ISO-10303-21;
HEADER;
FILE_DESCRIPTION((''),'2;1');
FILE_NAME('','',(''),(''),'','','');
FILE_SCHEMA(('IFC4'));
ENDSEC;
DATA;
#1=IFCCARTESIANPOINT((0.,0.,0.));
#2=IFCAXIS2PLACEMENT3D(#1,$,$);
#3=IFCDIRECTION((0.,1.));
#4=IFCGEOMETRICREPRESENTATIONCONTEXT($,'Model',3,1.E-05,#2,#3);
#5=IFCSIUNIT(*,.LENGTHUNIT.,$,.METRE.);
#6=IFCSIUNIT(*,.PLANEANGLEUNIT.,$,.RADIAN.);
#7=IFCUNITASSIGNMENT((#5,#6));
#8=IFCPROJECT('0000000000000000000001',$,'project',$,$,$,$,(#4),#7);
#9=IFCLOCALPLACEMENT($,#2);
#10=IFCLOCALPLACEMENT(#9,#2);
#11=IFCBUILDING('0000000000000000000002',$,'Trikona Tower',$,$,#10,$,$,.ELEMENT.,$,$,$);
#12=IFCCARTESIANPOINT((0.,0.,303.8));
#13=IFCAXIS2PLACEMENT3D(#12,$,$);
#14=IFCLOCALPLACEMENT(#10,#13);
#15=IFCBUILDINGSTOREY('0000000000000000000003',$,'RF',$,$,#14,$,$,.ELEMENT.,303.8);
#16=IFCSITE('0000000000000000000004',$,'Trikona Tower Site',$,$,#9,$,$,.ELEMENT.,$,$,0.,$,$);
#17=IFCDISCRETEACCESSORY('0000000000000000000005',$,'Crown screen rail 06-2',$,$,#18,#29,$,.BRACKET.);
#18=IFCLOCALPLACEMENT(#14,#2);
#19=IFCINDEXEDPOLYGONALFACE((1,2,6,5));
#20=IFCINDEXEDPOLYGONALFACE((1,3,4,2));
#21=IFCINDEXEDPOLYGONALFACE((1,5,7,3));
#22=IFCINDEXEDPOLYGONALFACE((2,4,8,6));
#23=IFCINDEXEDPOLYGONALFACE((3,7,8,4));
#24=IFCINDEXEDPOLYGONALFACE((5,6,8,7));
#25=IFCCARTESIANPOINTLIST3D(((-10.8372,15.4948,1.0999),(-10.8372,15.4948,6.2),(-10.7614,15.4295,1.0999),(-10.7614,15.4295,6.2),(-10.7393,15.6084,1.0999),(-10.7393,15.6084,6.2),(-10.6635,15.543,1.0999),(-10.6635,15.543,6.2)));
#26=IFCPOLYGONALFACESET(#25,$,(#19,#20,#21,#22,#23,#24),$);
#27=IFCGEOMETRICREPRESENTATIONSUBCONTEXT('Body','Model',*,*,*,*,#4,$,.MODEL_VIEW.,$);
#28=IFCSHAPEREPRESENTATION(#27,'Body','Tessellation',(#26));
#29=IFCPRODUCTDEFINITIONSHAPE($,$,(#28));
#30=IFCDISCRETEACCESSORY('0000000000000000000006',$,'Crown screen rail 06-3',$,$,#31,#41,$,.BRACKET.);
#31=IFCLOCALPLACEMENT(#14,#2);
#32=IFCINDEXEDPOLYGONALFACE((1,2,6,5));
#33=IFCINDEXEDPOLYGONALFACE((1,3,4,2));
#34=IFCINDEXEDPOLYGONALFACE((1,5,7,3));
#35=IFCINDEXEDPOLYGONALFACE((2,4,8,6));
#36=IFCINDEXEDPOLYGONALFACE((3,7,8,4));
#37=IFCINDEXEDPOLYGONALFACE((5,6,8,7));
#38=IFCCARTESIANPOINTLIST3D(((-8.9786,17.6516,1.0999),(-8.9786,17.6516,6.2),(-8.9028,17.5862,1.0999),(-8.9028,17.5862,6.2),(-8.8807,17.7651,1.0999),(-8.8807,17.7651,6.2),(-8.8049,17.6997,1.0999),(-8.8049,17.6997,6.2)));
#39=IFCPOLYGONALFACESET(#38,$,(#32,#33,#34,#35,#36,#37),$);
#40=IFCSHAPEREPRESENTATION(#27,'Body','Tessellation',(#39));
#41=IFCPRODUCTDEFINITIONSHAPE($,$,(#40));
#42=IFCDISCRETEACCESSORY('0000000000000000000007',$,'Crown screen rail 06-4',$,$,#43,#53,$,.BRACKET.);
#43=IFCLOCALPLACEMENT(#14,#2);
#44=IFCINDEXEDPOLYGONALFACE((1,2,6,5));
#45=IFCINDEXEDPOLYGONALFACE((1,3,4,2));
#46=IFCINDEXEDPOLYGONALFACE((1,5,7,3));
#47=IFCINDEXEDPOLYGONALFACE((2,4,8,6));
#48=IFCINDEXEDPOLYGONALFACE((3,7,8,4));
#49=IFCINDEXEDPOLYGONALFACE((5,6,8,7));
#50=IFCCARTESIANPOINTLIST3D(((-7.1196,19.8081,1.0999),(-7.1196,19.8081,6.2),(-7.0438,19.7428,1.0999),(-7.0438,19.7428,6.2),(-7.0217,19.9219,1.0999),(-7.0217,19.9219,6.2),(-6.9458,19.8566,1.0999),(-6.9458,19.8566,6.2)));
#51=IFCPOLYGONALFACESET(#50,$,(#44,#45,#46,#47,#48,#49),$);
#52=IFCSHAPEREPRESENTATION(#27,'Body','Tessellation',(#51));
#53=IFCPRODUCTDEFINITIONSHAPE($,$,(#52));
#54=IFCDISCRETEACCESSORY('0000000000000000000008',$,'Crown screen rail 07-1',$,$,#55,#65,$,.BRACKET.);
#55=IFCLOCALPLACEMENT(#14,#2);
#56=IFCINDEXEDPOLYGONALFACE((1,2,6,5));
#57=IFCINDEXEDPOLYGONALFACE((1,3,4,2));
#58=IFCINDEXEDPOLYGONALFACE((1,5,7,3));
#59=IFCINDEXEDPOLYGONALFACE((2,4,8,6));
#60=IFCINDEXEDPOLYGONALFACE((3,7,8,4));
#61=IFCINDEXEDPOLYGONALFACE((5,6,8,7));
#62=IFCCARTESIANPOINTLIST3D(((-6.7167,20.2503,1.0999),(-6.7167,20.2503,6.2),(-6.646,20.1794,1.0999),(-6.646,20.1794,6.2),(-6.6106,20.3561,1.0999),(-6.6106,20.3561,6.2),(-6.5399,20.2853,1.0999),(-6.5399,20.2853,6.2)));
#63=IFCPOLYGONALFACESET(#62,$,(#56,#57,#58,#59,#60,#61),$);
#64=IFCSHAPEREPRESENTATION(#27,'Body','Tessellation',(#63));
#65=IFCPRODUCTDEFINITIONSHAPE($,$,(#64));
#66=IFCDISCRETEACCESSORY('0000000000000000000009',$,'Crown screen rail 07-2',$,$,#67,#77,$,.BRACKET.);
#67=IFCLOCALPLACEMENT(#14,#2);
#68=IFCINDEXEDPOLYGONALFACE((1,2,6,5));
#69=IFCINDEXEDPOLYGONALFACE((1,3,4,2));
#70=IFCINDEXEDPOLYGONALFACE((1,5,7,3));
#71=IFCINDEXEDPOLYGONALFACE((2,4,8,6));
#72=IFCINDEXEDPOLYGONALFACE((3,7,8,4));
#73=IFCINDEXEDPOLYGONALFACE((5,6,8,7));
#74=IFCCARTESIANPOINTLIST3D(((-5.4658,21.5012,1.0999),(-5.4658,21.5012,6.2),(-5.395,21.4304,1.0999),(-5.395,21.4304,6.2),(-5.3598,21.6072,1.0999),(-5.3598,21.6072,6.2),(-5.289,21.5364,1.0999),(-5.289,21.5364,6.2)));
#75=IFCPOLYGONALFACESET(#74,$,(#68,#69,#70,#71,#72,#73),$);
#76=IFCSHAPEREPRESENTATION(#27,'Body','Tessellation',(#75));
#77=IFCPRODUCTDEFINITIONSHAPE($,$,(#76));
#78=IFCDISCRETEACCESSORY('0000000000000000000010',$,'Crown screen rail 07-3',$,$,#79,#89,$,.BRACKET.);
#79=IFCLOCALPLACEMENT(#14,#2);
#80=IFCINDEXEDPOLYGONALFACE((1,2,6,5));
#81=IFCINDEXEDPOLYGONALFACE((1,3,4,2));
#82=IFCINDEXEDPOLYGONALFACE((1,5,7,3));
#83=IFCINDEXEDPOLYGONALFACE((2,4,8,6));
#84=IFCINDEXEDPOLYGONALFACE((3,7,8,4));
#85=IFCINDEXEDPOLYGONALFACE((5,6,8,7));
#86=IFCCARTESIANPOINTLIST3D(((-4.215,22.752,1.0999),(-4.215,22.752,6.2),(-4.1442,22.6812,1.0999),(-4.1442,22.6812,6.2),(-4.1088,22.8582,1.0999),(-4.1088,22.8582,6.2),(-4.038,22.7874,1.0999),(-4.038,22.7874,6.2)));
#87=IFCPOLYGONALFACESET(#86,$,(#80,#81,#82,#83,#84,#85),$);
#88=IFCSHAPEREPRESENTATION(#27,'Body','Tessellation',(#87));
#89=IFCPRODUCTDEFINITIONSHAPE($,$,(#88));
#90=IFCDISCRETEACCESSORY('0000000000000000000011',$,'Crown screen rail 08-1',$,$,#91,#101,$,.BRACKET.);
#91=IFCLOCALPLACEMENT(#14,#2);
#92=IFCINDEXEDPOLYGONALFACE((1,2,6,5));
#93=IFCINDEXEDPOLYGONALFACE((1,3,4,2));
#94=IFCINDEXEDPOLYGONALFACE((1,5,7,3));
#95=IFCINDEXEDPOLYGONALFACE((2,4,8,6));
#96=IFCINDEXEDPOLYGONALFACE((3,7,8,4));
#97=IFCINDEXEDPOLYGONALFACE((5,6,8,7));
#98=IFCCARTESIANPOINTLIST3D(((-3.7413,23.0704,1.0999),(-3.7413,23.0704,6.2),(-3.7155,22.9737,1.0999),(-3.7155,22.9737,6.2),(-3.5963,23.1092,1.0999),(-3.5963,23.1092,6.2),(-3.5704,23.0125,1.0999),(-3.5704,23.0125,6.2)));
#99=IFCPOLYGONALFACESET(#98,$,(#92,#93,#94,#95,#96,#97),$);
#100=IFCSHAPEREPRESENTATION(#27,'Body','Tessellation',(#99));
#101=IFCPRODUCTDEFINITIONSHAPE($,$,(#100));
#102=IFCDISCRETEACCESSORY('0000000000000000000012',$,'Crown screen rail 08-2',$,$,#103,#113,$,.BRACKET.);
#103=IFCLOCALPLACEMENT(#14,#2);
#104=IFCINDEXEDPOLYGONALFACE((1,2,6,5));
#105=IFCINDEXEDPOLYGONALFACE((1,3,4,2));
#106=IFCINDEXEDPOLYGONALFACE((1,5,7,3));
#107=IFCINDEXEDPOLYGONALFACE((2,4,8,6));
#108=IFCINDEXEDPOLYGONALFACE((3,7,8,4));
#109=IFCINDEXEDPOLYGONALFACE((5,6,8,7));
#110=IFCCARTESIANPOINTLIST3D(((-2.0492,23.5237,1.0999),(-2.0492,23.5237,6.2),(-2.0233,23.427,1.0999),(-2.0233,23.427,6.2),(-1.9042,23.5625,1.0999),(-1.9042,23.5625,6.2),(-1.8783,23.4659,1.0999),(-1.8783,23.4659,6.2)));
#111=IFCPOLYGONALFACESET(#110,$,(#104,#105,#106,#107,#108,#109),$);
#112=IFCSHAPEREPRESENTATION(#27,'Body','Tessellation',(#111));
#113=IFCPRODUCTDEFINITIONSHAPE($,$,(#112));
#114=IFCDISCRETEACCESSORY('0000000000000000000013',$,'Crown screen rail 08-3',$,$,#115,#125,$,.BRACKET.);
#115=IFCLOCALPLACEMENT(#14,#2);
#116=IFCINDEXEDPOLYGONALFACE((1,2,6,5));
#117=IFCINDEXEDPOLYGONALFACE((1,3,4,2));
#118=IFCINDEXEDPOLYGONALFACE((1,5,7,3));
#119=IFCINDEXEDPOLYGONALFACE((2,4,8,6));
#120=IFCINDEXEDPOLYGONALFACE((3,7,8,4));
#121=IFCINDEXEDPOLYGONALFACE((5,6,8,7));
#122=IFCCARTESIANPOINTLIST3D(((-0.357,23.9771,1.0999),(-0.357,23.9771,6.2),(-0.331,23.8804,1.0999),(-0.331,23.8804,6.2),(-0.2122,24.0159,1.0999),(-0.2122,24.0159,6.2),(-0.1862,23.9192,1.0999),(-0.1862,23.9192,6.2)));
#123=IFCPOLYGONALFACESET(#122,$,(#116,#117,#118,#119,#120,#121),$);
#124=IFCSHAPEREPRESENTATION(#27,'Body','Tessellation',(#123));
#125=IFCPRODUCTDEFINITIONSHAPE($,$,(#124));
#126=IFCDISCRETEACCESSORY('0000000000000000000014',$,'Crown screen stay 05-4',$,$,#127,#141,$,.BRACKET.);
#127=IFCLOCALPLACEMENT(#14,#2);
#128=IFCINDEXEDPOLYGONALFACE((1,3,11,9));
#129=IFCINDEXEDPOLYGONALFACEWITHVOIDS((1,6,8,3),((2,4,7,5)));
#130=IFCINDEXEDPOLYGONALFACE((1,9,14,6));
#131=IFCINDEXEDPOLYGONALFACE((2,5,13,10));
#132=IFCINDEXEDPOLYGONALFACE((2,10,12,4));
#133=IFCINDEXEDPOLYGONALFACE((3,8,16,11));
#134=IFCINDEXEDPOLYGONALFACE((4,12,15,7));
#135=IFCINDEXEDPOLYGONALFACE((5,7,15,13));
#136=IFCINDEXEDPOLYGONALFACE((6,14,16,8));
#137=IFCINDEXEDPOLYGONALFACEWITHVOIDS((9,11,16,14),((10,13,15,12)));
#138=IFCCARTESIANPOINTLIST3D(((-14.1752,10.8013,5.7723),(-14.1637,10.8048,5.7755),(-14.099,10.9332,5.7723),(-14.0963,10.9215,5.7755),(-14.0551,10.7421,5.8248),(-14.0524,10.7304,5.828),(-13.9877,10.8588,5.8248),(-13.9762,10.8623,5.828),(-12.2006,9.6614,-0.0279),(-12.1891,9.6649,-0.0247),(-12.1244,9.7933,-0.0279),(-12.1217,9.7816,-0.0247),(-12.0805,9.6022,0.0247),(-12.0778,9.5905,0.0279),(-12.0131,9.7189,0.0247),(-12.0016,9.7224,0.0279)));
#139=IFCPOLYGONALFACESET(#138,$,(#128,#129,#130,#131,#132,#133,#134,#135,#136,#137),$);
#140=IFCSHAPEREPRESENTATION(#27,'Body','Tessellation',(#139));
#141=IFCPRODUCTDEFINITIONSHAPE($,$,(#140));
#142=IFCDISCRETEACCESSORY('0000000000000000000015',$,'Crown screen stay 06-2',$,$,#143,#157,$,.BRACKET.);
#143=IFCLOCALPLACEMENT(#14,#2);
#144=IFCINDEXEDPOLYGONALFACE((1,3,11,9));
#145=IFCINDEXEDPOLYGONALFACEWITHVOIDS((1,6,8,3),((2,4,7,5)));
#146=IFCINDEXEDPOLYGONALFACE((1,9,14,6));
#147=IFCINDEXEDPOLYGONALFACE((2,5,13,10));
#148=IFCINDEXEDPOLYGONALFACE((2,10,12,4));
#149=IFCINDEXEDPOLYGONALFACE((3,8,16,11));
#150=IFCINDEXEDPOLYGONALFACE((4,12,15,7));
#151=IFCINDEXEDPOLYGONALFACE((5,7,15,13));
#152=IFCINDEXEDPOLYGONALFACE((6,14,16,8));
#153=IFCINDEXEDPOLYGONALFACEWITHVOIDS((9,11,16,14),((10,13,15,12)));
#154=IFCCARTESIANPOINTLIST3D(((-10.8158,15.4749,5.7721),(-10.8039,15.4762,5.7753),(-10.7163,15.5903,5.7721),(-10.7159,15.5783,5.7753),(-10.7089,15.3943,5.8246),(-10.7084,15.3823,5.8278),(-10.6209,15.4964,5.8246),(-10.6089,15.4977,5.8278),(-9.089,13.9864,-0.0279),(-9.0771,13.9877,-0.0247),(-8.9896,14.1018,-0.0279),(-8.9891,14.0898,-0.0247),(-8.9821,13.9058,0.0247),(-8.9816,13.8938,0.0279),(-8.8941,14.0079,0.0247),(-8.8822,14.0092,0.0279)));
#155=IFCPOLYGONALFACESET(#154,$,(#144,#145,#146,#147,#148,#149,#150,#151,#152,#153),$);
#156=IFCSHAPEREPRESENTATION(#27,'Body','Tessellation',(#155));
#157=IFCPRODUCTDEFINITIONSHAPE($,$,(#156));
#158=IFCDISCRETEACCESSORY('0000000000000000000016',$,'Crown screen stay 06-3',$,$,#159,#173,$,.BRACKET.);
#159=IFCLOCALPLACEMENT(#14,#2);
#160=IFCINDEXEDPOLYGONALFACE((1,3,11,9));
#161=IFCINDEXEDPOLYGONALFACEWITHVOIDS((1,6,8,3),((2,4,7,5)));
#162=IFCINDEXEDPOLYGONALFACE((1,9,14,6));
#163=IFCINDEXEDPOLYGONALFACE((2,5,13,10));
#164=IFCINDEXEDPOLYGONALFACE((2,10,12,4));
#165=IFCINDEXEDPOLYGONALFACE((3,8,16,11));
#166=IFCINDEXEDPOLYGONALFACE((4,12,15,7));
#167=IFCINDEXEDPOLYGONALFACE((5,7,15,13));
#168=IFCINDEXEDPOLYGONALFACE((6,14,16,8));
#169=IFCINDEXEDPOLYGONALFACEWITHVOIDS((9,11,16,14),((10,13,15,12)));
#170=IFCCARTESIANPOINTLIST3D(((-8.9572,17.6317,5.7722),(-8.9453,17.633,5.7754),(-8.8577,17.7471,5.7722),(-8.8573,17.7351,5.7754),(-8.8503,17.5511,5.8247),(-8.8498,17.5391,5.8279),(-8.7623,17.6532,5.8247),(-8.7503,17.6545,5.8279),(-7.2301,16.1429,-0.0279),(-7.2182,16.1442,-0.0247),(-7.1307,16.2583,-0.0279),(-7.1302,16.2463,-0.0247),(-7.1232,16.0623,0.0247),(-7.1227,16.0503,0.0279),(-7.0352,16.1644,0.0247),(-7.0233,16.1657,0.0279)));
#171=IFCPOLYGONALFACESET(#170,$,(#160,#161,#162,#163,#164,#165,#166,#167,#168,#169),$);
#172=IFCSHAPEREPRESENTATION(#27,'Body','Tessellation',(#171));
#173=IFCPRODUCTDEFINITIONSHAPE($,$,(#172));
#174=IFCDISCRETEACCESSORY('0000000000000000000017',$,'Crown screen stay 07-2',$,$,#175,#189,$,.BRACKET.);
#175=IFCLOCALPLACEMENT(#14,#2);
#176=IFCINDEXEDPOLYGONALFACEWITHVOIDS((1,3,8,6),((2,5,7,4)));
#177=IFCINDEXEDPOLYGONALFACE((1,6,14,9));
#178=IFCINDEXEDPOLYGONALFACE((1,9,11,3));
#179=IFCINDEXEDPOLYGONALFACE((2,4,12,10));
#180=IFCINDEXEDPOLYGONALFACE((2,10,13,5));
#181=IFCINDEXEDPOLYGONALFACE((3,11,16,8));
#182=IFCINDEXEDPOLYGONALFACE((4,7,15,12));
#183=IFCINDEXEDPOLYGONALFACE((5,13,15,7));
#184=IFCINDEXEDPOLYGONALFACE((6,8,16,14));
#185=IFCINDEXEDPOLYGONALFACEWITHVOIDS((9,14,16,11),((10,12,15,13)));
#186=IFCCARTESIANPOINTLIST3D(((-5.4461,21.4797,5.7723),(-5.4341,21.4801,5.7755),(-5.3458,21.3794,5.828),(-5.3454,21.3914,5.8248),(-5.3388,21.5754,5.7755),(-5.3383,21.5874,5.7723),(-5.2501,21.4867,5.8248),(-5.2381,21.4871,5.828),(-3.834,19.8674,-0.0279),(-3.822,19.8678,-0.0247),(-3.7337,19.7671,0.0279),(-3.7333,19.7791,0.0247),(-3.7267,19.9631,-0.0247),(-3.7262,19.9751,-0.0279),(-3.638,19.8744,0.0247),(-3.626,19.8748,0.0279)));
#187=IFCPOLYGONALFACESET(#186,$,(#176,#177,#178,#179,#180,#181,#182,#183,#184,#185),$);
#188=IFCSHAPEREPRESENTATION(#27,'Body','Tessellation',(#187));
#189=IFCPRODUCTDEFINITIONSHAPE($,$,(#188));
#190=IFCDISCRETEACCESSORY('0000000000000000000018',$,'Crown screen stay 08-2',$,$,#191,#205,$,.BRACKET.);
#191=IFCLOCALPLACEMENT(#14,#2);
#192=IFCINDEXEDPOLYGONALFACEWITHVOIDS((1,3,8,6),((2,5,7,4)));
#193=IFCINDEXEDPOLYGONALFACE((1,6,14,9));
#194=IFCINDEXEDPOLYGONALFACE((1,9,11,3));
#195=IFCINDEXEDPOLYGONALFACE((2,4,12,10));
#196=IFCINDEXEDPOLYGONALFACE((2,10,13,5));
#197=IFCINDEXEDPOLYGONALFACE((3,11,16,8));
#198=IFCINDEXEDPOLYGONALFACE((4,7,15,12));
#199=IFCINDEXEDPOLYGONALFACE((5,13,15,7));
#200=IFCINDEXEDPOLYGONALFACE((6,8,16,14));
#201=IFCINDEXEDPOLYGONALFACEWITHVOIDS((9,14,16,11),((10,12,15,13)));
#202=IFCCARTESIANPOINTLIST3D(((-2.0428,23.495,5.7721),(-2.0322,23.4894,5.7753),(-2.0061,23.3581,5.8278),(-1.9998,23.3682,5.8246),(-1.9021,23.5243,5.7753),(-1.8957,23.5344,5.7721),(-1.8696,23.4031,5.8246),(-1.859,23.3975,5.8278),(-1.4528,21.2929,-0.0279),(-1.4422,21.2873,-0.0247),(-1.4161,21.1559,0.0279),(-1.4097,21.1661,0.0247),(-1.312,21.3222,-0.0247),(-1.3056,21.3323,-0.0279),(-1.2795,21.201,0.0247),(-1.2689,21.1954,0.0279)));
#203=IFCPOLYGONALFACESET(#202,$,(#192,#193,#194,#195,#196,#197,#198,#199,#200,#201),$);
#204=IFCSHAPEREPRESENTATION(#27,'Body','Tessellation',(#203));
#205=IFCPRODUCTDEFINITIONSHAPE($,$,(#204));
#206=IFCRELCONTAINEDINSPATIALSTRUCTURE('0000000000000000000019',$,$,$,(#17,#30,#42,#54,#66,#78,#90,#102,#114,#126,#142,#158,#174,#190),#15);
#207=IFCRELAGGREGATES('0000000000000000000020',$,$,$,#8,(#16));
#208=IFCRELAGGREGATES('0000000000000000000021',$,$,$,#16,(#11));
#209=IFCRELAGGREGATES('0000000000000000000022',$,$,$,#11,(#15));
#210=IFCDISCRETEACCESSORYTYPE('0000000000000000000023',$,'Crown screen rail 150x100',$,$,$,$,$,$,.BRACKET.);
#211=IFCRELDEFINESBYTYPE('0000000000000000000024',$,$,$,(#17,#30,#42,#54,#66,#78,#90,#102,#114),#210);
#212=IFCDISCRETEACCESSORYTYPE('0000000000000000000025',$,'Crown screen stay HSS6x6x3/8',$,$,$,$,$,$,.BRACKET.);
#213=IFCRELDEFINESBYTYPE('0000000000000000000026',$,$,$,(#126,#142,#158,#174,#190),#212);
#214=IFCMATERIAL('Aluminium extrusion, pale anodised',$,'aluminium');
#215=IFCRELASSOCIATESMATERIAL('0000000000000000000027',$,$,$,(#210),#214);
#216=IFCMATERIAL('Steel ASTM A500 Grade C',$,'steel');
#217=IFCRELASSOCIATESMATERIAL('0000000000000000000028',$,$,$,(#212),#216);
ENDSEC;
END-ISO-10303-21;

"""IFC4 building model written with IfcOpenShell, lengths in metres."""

from ifc_helpers import new_model, si_unit, direction, frame, frame_2d, origin, origin_2d, place, context, subcontext, project, spatial, rectangle, hollow_rectangle, extrude, material, material_profile, profile_set, type_object, element, save


model = new_model("IFC4")

# Units and contexts
model_context = context("Model", 3, precision=1e-05, world=origin(), true_north=direction((0.0, 1.0)))
body_context = subcontext(model_context, "Body", "Model", "MODEL_VIEW")
ifc_project = project(units=[si_unit("LENGTHUNIT", "METRE"), si_unit("PLANEANGLEUNIT", "RADIAN")], contexts=[model_context])

# Site, building, storey
site_placement = place(None, origin())
site = spatial("IfcSite", under=ifc_project, at=site_placement, Name="Trikona Tower Site", CompositionType="ELEMENT", RefElevation=0.0)
building_placement = place(site_placement, origin())
building = spatial("IfcBuilding", under=site, at=building_placement, Name="Trikona Tower", CompositionType="ELEMENT")
storey_placement = place(building_placement, frame((0.0, 0.0, 303.8)))
storey = spatial("IfcBuildingStorey", under=building, at=storey_placement, Name="RF", CompositionType="ELEMENT", Elevation=303.8)

# Discrete accessories
ifc_material_1 = material(Name="Aluminium extrusion, pale anodised", Category="aluminium")
discrete_accessory_type_1 = type_object("IfcDiscreteAccessoryType", Name="Crown screen rail 150x100", PredefinedType="BRACKET", material=ifc_material_1)
for number, where, z_axis, x_axis, name in (
    (1, (-10.7993, 15.4622, 1.0999), (0.0, 0.0, 1.0), (0.653068, 0.757299, 0.0), "Crown screen rail 06-2"),
    (2, (-8.9407, 17.6189, 1.0999), (0.0, 0.0, 1.0), (0.653068, 0.757299, 0.0), "Crown screen rail 06-3"),
):
    element("IfcDiscreteAccessory", number, at=place(storey_placement, frame(where, z_axis=z_axis, x_axis=x_axis)), inside=storey, type_object=discrete_accessory_type_1, Name=name, PredefinedType="BRACKET", context=body_context, shape_type="SweptSolid", body=[
        extrude(rectangle(XDim=0.1499, YDim=0.1001, at=frame_2d((0.075, 0.0))), origin(), (0.0, 0.0, 1.0), 5.1001),
    ])
discrete_accessory_1_placement = place(storey_placement, frame((-7.0818, 19.7754, 1.0999), z_axis=(0.0, 0.0, 1.0), x_axis=(0.652264, 0.757992, 0.0)))
element("IfcDiscreteAccessory", 3, at=discrete_accessory_1_placement, inside=storey, type_object=discrete_accessory_type_1, Name="Crown screen rail 06-4", PredefinedType="BRACKET", context=body_context, shape_type="SweptSolid", body=[
    extrude(rectangle(XDim=0.1501, YDim=0.1001, at=frame_2d((0.0752, 0.0))), origin(), (0.0, 0.0, 1.0), 5.1001),
])
for number, where, z_axis, x_axis, name in (
    (4, (-6.6814, 20.2148, 1.0999), (0.0, 0.0, 1.0), (0.70792, 0.706293, 0.0), "Crown screen rail 07-1"),
    (5, (-5.4304, 21.4658, 1.0999), (0.0, 0.0, 1.0), (0.707107, 0.707107, 0.0), "Crown screen rail 07-2"),
):
    element("IfcDiscreteAccessory", number, at=place(storey_placement, frame(where, z_axis=z_axis, x_axis=x_axis)), inside=storey, type_object=discrete_accessory_type_1, Name=name, PredefinedType="BRACKET", context=body_context, shape_type="SweptSolid", body=[
        extrude(rectangle(XDim=0.1499, YDim=0.1001, at=frame_2d((0.075, 0.0))), origin(), (0.0, 0.0, 1.0), 5.1001),
    ])
for number, where, z_axis, x_axis, name in (
    (6, (-4.1797, 22.7166, 1.0999), (0.0, 0.0, 1.0), (0.707107, 0.707107, 0.0), "Crown screen rail 07-3"),
    (7, (-3.7285, 23.022, 1.0999), (0.0, 0.0, 1.0), (0.965992, 0.258574, 0.0), "Crown screen rail 08-1"),
    (8, (-2.0364, 23.4753, 1.0999), (0.0, 0.0, 1.0), (0.965992, 0.258574, 0.0), "Crown screen rail 08-2"),
):
    element("IfcDiscreteAccessory", number, at=place(storey_placement, frame(where, z_axis=z_axis, x_axis=x_axis)), inside=storey, type_object=discrete_accessory_type_1, Name=name, PredefinedType="BRACKET", context=body_context, shape_type="SweptSolid", body=[
        extrude(rectangle(XDim=0.1501, YDim=0.1001, at=frame_2d((0.0752, 0.0))), origin(), (0.0, 0.0, 1.0), 5.1001),
    ])
discrete_accessory_2_placement = place(storey_placement, frame((-0.344, 23.9287, 1.0999), z_axis=(0.0, 0.0, 1.0), x_axis=(0.965883, 0.25898, 0.0)))
element("IfcDiscreteAccessory", 9, at=discrete_accessory_2_placement, inside=storey, type_object=discrete_accessory_type_1, Name="Crown screen rail 08-3", PredefinedType="BRACKET", context=body_context, shape_type="SweptSolid", body=[
    extrude(rectangle(XDim=0.1499, YDim=0.1001, at=frame_2d((0.075, 0.0))), origin(), (0.0, 0.0, 1.0), 5.1001),
])
ifc_material_2 = material(Name="Steel ASTM A500 Grade C", Category="steel")
ifc_material_profile_1 = material_profile(ifc_material_2, hollow_rectangle(XDim=0.1523, YDim=0.1523, WallThickness=0.0088, at=origin_2d()), Name="HSS6X6X3/8")
ifc_profile_set_1 = profile_set([ifc_material_profile_1], Name="Steel ASTM A500 Grade C")
discrete_accessory_type_2 = type_object("IfcDiscreteAccessoryType", Name="Crown screen stay HSS6x6x3/8", PredefinedType="BRACKET", material=ifc_profile_set_1)
discrete_accessory_3_placement = place(storey_placement, frame((-12.1011, 9.6919, 0.0), z_axis=(-0.316845, 0.182907, 0.930674), x_axis=(-0.499951, -0.866054, 0.0)))
element("IfcDiscreteAccessory", 10, at=discrete_accessory_3_placement, inside=storey, type_object=discrete_accessory_type_2, Name="Crown screen stay 05-4", PredefinedType="BRACKET", context=body_context, shape_type="SweptSolid", body=[
    extrude(hollow_rectangle(XDim=0.1523, YDim=0.1523, WallThickness=0.0088, at=origin_2d()), origin(), (0.0, 0.0, 1.0), 6.2322),
])
discrete_accessory_4_placement = place(storey_placement, frame((-8.9856, 13.9978, 0.0), z_axis=(-0.277086, 0.238851, 0.930684), x_axis=(-0.652914, -0.757432, 0.0)))
element("IfcDiscreteAccessory", 11, at=discrete_accessory_4_placement, inside=storey, type_object=discrete_accessory_type_2, Name="Crown screen stay 06-2", PredefinedType="BRACKET", context=body_context, shape_type="SweptSolid", body=[
    extrude(hollow_rectangle(XDim=0.1523, YDim=0.1523, WallThickness=0.0088, at=origin_2d()), origin(), (0.0, 0.0, 1.0), 6.2319),
])
for number, where, z_axis, x_axis, name in (
    (12, (-7.1267, 16.1543, 0.0), (-0.27712, 0.238885, 0.930666), (-0.652923, -0.757425, 0.0), "Crown screen stay 06-3"),
    (13, (-3.73, 19.8711, 0.0), (-0.258671, 0.25871, 0.930676), (-0.70716, -0.707053, 0.0), "Crown screen stay 07-2"),
):
    element("IfcDiscreteAccessory", number, at=place(storey_placement, frame(where, z_axis=z_axis, x_axis=x_axis)), inside=storey, type_object=discrete_accessory_type_2, Name=name, PredefinedType="BRACKET", context=body_context, shape_type="SweptSolid", body=[
        extrude(hollow_rectangle(XDim=0.1523, YDim=0.1523, WallThickness=0.0088, at=origin_2d()), origin(), (0.0, 0.0, 1.0), 6.2322),
    ])
discrete_accessory_5_placement = place(storey_placement, frame((-1.3608, 21.2441, 0.0), z_axis=(-0.094686, 0.35336, 0.930683), x_axis=(-0.965923, -0.258829, 0.0)))
element("IfcDiscreteAccessory", 14, at=discrete_accessory_5_placement, inside=storey, type_object=discrete_accessory_type_2, Name="Crown screen stay 08-2", PredefinedType="BRACKET", context=body_context, shape_type="SweptSolid", body=[
    extrude(hollow_rectangle(XDim=0.1523, YDim=0.1523, WallThickness=0.0088, at=origin_2d()), origin(), (0.0, 0.0, 1.0), 6.2319),
])

save(model, "model.ifc")
